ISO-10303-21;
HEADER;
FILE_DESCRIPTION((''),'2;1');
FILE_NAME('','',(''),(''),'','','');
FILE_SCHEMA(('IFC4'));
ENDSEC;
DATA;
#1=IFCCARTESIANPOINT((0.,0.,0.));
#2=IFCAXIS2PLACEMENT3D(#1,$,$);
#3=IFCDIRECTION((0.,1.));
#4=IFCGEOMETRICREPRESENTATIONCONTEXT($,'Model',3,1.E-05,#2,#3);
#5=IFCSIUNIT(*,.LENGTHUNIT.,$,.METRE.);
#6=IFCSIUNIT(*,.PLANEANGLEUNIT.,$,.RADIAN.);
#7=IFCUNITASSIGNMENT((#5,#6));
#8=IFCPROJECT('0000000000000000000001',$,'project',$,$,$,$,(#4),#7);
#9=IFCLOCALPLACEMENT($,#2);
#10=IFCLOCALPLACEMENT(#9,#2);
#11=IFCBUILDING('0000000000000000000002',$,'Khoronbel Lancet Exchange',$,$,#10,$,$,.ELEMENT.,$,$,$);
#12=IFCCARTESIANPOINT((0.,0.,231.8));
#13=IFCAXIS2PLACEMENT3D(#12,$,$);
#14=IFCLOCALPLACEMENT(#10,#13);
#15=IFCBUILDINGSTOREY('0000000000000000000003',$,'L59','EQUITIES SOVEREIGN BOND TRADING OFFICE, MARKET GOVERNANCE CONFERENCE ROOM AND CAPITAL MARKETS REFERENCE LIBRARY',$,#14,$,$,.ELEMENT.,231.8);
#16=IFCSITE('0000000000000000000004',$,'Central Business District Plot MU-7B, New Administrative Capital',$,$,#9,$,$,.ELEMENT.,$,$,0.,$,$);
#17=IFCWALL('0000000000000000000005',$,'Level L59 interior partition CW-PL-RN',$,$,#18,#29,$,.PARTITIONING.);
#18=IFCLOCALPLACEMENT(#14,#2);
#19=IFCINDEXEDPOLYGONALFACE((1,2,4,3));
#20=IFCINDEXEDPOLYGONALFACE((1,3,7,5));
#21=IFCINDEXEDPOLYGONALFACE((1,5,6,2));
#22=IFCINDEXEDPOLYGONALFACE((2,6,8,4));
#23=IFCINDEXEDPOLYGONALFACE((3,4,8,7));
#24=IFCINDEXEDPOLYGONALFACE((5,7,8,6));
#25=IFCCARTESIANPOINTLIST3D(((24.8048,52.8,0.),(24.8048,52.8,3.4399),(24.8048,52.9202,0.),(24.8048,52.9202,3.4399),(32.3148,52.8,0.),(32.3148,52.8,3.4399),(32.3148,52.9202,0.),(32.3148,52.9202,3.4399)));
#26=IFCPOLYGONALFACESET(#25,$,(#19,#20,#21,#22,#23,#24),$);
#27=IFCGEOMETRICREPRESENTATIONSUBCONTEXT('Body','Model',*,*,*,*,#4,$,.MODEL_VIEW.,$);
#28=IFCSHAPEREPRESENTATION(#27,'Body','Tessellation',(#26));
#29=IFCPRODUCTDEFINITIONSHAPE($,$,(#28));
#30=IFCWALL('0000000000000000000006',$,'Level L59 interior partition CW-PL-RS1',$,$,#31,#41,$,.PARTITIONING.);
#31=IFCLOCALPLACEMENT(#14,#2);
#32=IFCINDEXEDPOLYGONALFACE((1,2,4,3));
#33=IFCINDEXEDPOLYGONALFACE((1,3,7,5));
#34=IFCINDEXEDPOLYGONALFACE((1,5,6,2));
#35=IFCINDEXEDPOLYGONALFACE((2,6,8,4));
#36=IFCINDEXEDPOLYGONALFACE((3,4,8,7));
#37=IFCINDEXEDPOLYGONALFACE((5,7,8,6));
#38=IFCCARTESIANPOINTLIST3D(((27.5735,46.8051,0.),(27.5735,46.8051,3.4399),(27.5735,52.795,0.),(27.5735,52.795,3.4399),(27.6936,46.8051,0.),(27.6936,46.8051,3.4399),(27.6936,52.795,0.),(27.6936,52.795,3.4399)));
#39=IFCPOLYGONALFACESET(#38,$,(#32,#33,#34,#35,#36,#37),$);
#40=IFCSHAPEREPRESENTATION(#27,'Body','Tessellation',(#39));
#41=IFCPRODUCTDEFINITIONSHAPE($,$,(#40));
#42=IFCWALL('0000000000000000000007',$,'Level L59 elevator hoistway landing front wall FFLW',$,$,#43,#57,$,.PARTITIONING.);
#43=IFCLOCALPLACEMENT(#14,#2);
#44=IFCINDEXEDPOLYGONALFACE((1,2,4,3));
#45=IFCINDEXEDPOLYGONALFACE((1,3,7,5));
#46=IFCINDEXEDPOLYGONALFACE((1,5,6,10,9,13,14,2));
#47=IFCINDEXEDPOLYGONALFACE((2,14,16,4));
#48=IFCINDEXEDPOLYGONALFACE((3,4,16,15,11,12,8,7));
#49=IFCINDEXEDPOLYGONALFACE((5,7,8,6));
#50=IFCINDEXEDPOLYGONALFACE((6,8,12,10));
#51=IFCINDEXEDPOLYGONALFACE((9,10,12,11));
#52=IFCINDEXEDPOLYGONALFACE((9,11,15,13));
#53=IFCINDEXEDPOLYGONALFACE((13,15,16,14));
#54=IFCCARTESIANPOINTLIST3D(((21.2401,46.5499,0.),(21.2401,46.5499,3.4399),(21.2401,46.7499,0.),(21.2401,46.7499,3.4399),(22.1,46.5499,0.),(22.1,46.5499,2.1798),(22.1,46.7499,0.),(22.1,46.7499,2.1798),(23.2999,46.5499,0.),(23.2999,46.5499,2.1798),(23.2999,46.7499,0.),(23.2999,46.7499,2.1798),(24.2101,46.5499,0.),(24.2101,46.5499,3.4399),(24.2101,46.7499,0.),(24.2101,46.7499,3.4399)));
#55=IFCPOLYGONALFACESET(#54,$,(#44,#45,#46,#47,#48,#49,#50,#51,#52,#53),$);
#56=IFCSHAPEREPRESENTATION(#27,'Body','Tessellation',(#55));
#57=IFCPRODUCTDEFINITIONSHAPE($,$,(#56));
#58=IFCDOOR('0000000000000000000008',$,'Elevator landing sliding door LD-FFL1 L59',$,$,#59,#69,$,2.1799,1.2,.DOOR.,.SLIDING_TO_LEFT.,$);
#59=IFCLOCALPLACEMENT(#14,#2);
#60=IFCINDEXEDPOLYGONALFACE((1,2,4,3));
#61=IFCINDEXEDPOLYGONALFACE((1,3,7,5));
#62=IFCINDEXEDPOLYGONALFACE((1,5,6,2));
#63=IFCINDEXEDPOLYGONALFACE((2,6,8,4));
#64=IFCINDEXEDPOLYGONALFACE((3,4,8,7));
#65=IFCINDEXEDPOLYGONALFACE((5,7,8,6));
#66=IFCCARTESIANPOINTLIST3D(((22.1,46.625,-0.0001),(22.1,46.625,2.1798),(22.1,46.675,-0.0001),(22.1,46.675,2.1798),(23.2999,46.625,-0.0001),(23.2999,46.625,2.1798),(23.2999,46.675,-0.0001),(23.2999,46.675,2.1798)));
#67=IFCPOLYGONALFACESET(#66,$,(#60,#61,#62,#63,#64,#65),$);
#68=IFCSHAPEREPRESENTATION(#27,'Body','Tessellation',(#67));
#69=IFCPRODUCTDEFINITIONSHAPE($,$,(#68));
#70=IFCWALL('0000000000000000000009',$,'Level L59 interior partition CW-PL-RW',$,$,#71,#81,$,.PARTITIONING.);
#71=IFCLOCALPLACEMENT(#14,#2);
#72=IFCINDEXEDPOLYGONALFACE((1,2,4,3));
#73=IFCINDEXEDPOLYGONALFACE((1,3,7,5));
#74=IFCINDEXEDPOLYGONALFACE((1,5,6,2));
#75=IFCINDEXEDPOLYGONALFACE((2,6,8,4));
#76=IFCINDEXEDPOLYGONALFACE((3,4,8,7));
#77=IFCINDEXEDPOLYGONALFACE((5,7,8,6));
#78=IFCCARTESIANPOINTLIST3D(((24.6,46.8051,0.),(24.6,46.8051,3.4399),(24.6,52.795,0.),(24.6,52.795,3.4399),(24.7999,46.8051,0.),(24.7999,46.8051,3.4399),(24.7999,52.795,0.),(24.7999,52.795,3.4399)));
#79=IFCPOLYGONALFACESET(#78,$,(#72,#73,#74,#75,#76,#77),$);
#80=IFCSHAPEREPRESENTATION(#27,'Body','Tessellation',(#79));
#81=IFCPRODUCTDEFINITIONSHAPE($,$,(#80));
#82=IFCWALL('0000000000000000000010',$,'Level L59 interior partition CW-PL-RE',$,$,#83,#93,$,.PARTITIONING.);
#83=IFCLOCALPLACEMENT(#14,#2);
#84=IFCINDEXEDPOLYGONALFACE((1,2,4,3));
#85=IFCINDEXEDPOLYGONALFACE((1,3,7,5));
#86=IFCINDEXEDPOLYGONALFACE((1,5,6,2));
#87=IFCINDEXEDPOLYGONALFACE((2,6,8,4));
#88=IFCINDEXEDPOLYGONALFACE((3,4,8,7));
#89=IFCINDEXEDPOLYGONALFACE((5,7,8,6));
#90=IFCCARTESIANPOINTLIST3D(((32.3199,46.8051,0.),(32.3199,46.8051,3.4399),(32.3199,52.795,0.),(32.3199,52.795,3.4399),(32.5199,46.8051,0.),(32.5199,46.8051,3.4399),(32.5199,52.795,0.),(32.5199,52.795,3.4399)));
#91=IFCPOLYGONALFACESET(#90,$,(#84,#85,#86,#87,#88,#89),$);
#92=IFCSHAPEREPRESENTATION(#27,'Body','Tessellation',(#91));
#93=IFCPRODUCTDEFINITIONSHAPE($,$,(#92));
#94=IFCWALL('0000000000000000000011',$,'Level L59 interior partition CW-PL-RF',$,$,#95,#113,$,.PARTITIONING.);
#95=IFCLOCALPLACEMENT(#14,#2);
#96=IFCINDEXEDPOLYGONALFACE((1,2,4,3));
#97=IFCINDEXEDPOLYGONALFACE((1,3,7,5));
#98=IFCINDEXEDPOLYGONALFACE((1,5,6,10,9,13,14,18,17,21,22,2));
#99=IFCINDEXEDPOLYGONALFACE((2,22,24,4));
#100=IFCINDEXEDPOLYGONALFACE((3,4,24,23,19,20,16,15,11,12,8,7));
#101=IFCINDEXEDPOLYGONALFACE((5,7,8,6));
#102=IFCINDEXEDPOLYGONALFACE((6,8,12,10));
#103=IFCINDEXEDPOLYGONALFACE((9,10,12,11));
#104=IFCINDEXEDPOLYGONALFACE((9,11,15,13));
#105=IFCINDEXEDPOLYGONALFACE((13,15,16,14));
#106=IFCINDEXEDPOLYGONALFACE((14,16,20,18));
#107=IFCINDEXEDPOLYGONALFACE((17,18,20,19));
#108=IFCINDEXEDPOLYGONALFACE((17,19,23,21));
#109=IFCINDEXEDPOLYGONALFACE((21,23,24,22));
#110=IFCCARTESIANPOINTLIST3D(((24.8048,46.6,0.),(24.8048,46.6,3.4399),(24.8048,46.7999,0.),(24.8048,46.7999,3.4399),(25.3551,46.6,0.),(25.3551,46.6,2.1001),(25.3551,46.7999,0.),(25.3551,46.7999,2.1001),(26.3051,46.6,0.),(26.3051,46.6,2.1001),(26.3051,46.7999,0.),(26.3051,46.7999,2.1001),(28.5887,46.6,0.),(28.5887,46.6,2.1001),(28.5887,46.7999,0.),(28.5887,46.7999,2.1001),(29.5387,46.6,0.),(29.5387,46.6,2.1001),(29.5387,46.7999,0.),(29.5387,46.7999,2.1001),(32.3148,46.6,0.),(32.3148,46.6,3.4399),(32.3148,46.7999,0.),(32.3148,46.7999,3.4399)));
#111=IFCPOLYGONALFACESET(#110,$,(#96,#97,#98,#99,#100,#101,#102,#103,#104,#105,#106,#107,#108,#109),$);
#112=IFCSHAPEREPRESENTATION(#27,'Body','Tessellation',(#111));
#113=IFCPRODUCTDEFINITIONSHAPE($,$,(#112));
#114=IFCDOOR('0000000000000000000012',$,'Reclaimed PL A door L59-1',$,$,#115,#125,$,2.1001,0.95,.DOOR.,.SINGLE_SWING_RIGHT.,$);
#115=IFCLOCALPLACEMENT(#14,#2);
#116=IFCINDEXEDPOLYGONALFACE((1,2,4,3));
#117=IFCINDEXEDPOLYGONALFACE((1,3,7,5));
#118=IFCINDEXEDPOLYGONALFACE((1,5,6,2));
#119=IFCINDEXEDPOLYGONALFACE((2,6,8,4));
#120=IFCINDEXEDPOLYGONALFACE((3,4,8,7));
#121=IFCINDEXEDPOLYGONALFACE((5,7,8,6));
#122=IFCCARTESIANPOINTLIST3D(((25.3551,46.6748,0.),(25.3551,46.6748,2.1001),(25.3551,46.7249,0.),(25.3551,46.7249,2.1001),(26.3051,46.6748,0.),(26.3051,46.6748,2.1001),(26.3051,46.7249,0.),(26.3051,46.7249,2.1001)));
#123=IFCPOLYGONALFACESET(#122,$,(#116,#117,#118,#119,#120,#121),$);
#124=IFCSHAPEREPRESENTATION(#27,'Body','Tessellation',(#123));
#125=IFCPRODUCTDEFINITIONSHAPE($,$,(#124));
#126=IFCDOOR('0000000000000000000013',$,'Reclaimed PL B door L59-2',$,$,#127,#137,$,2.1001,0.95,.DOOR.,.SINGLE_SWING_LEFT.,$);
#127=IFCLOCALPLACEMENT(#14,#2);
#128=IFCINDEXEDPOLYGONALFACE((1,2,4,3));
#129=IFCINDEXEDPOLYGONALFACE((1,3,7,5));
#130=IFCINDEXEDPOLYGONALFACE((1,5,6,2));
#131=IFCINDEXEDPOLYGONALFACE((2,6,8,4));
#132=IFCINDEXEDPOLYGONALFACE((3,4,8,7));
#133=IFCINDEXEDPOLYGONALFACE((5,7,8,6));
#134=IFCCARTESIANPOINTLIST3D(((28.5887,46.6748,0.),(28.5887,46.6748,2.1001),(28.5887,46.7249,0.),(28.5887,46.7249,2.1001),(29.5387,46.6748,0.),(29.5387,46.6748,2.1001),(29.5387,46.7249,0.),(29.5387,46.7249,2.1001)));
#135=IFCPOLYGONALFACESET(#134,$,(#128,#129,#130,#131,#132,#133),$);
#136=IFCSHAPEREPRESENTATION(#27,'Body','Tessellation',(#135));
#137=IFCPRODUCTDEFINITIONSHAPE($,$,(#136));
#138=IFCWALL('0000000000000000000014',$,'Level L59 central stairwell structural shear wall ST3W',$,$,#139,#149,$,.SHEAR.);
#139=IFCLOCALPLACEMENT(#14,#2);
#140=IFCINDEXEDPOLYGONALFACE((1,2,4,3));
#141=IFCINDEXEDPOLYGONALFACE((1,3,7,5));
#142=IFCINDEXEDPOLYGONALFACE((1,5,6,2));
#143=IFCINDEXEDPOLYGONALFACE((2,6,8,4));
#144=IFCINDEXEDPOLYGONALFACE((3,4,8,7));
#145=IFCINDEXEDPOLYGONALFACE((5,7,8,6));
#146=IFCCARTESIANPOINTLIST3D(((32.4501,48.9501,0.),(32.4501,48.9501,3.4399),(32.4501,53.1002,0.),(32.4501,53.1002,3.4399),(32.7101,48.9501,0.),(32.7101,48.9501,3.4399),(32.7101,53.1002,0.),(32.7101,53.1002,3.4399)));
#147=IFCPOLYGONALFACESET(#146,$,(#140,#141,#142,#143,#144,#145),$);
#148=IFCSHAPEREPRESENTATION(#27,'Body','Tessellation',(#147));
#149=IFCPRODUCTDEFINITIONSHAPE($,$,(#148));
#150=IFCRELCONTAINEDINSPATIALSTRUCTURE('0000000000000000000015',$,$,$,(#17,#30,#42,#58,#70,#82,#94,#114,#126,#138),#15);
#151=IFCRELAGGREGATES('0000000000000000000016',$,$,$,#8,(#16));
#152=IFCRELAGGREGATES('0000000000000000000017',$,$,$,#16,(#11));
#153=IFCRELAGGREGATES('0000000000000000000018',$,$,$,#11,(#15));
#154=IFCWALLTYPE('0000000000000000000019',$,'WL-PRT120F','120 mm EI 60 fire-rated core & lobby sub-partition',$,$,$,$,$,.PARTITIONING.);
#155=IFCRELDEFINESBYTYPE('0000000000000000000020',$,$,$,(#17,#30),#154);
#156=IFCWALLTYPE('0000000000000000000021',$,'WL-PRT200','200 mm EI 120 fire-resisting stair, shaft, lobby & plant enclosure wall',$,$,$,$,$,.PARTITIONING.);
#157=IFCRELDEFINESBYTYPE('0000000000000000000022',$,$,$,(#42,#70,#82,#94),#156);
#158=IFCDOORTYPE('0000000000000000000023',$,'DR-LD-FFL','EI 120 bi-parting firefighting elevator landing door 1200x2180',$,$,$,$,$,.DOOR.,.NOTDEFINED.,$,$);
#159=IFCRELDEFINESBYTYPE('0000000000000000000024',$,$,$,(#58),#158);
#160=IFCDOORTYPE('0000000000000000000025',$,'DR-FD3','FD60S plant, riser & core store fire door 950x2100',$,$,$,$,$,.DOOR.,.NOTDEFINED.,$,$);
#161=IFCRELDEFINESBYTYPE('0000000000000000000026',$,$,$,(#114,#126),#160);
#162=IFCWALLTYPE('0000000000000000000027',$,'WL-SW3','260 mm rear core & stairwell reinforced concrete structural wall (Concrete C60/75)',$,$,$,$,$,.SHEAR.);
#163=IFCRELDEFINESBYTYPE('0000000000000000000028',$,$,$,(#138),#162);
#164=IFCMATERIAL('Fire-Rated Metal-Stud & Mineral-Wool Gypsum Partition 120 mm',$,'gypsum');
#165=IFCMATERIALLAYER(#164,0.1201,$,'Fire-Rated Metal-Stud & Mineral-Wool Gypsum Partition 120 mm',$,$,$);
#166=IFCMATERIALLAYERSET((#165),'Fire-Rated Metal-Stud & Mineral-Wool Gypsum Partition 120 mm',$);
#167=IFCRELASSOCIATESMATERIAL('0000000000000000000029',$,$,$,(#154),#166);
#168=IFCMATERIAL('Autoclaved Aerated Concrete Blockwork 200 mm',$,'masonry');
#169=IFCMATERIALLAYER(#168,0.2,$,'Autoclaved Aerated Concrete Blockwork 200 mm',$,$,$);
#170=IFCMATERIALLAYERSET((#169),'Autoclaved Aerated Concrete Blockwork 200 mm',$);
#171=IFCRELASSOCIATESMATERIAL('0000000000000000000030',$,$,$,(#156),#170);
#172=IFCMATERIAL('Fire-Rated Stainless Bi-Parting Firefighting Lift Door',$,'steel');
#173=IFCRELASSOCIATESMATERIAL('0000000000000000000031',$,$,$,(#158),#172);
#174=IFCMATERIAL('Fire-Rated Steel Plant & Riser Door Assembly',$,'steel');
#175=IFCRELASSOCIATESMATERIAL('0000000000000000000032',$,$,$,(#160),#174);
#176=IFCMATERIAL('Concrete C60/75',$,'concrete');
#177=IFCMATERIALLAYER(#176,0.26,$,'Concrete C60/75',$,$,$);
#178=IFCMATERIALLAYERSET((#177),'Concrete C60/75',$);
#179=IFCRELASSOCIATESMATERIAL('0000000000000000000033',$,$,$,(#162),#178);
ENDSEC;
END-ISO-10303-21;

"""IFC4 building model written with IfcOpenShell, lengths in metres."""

from ifc_helpers import new_model, si_unit, direction, frame, frame_2d, origin, place, context, subcontext, project, spatial, rectangle, extrude, material, layer, layer_set, type_object, element, fill, save


model = new_model("IFC4")

# Units and contexts
model_context = context("Model", 3, precision=1e-05, world=origin(), true_north=direction((0.0, 1.0)))
body_context = subcontext(model_context, "Body", "Model", "MODEL_VIEW")
ifc_project = project(units=[si_unit("LENGTHUNIT", "METRE"), si_unit("PLANEANGLEUNIT", "RADIAN")], contexts=[model_context])

# Site, building, storey
site_placement = place(None, origin())
site = spatial("IfcSite", under=ifc_project, at=site_placement, Name="Central Business District Plot MU-7B, New Administrative Capital", CompositionType="ELEMENT", RefElevation=0.0)
building_placement = place(site_placement, origin())
building = spatial("IfcBuilding", under=site, at=building_placement, Name="Khoronbel Lancet Exchange", CompositionType="ELEMENT")
storey_placement = place(building_placement, frame((0.0, 0.0, 231.8)))
storey = spatial("IfcBuildingStorey", under=building, at=storey_placement, Name="L59", Description="EQUITIES SOVEREIGN BOND TRADING OFFICE, MARKET GOVERNANCE CONFERENCE ROOM AND CAPITAL MARKETS REFERENCE LIBRARY", CompositionType="ELEMENT", Elevation=231.8)

# Walls
ifc_material_1 = material(Name="Fire-Rated Metal-Stud & Mineral-Wool Gypsum Partition 120 mm", Category="gypsum")
ifc_layer_1 = layer(ifc_material_1, 0.1201, Name="Fire-Rated Metal-Stud & Mineral-Wool Gypsum Partition 120 mm")
ifc_layer_set_1 = layer_set([ifc_layer_1], Name="Fire-Rated Metal-Stud & Mineral-Wool Gypsum Partition 120 mm")
wall_type_1 = type_object("IfcWallType", Name="WL-PRT120F", Description="120 mm EI 60 fire-rated core & lobby sub-partition", PredefinedType="PARTITIONING", material=ifc_layer_set_1)
wall_1_placement = place(storey_placement, frame((24.8049, 52.8601, 0.0), z_axis=(0.0, 0.0, 1.0), x_axis=(1.0, 0.0, 0.0)))
element("IfcWall", 1, at=wall_1_placement, inside=storey, type_object=wall_type_1, Name="Level L59 interior partition CW-PL-RN", PredefinedType="PARTITIONING", context=body_context, shape_type="SweptSolid", body=[
    extrude(rectangle(XDim=7.51, YDim=0.1201, at=frame_2d((3.7549, 0.0))), origin(), (0.0, 0.0, 1.0), 3.4399),
])
wall_2_placement = place(storey_placement, frame((27.6335, 46.8049, 0.0), z_axis=(0.0, 0.0, 1.0), x_axis=(0.0, 1.0, 0.0)))
element("IfcWall", 2, at=wall_2_placement, inside=storey, type_object=wall_type_1, Name="Level L59 interior partition CW-PL-RS1", PredefinedType="PARTITIONING", context=body_context, shape_type="SweptSolid", body=[
    extrude(rectangle(XDim=5.99, YDim=0.1201, at=frame_2d((2.9951, 0.0))), origin(), (0.0, 0.0, 1.0), 3.4399),
])

# Wall, opening, door
ifc_material_2 = material(Name="Autoclaved Aerated Concrete Blockwork 200 mm", Category="masonry")
ifc_layer_2 = layer(ifc_material_2, 0.2, Name="Autoclaved Aerated Concrete Blockwork 200 mm")
ifc_layer_set_2 = layer_set([ifc_layer_2], Name="Autoclaved Aerated Concrete Blockwork 200 mm")
wall_type_2 = type_object("IfcWallType", Name="WL-PRT200", Description="200 mm EI 120 fire-resisting stair, shaft, lobby & plant enclosure wall", PredefinedType="PARTITIONING", material=ifc_layer_set_2)
wall_3_placement = place(storey_placement, frame((24.21, 46.6499, 0.0), z_axis=(0.0, 0.0, 1.0), x_axis=(-1.0, 0.0, 0.0)))
wall_3 = element("IfcWall", 3, at=wall_3_placement, inside=storey, type_object=wall_type_2, Name="Level L59 elevator hoistway landing front wall FFLW", PredefinedType="PARTITIONING", context=body_context, shape_type="SweptSolid", body=[
    extrude(rectangle(XDim=2.97, YDim=0.2, at=frame_2d((1.4849, 0.0))), origin(), (0.0, 0.0, 1.0), 3.4399),
])
opening_1_placement = place(wall_3_placement, frame((0.9099, 0.0, 0.0)))
opening_1 = element("IfcOpeningElement", 4, at=opening_1_placement, cuts=wall_3, PredefinedType="OPENING", context=body_context, shape_type="SweptSolid", body=[
    extrude(rectangle(XDim=1.2, YDim=2.1799, at=frame_2d((0.6001, 1.0898))), frame((0.0, 0.1099, 0.0), z_axis=(0.0, -1.0, 0.0), x_axis=(1.0, 0.0, 0.0)), (0.0, 0.0, 1.0), 0.22),
])
ifc_material_3 = material(Name="Fire-Rated Stainless Bi-Parting Firefighting Lift Door", Category="steel")
door_type_1 = type_object("IfcDoorType", Name="DR-LD-FFL", Description="EI 120 bi-parting firefighting elevator landing door 1200x2180", OperationType="NOTDEFINED", PredefinedType="DOOR", material=ifc_material_3)
door_1_placement = place(opening_1_placement, origin())
door_1 = element("IfcDoor", 5, at=door_1_placement, inside=storey, type_object=door_type_1, Name="Elevator landing sliding door LD-FFL1 L59", OperationType="SLIDING_TO_LEFT", OverallHeight=2.1799, OverallWidth=1.2, PredefinedType="DOOR", context=body_context, shape_type="SweptSolid", body=[
    extrude(rectangle(XDim=1.2, YDim=2.1799, at=frame_2d((0.6001, 1.0898))), frame((0.0, 0.0249, 0.0), z_axis=(0.0, -1.0, 0.0), x_axis=(1.0, 0.0, 0.0)), (0.0, 0.0, 1.0), 0.05),
])
fill(opening_1, door_1)

# Walls
for number, where, z_axis, x_axis, name in (
    (6, (24.7, 46.8049, 0.0), (0.0, 0.0, 1.0), (0.0, 1.0, 0.0), "Level L59 interior partition CW-PL-RW"),
    (7, (32.4199, 46.8049, 0.0), (0.0, 0.0, 1.0), (0.0, 1.0, 0.0), "Level L59 interior partition CW-PL-RE"),
):
    element("IfcWall", number, at=place(storey_placement, frame(where, z_axis=z_axis, x_axis=x_axis)), inside=storey, type_object=wall_type_2, Name=name, PredefinedType="PARTITIONING", context=body_context, shape_type="SweptSolid", body=[
        extrude(rectangle(XDim=5.99, YDim=0.2, at=frame_2d((2.9951, 0.0))), origin(), (0.0, 0.0, 1.0), 3.4399),
    ])

# Wall, openings, doors
wall_4_placement = place(storey_placement, frame((24.8049, 46.7, 0.0), z_axis=(0.0, 0.0, 1.0), x_axis=(1.0, 0.0, 0.0)))
wall_4 = element("IfcWall", 8, at=wall_4_placement, inside=storey, type_object=wall_type_2, Name="Level L59 interior partition CW-PL-RF", PredefinedType="PARTITIONING", context=body_context, shape_type="SweptSolid", body=[
    extrude(rectangle(XDim=7.51, YDim=0.2, at=frame_2d((3.7549, 0.0))), origin(), (0.0, 0.0, 1.0), 3.4399),
])
opening_2_placement = place(wall_4_placement, frame((0.55, 0.0, 0.0)))
opening_2 = element("IfcOpeningElement", 9, at=opening_2_placement, cuts=wall_4, PredefinedType="OPENING", context=body_context, shape_type="SweptSolid", body=[
    extrude(rectangle(XDim=0.95, YDim=2.1001, at=frame_2d((0.4751, 1.05))), frame((0.0, 0.1099, 0.0), z_axis=(0.0, -1.0, 0.0), x_axis=(1.0, 0.0, 0.0)), (0.0, 0.0, 1.0), 0.22),
])
opening_3_placement = place(wall_4_placement, frame((3.7837, 0.0, 0.0)))
opening_3 = element("IfcOpeningElement", 10, at=opening_3_placement, cuts=wall_4, PredefinedType="OPENING", context=body_context, shape_type="SweptSolid", body=[
    extrude(rectangle(XDim=0.95, YDim=2.1001, at=frame_2d((0.4751, 1.05))), frame((0.0, 0.1099, 0.0), z_axis=(0.0, -1.0, 0.0), x_axis=(1.0, 0.0, 0.0)), (0.0, 0.0, 1.0), 0.22),
])
ifc_material_4 = material(Name="Fire-Rated Steel Plant & Riser Door Assembly", Category="steel")
door_type_2 = type_object("IfcDoorType", Name="DR-FD3", Description="FD60S plant, riser & core store fire door 950x2100", OperationType="NOTDEFINED", PredefinedType="DOOR", material=ifc_material_4)
door_2_placement = place(opening_2_placement, origin())
door_2 = element("IfcDoor", 11, at=door_2_placement, inside=storey, type_object=door_type_2, Name="Reclaimed PL A door L59-1", OperationType="SINGLE_SWING_RIGHT", OverallHeight=2.1001, OverallWidth=0.95, PredefinedType="DOOR", context=body_context, shape_type="SweptSolid", body=[
    extrude(rectangle(XDim=0.95, YDim=2.1001, at=frame_2d((0.4751, 1.05))), frame((0.0, 0.0249, 0.0), z_axis=(0.0, -1.0, 0.0), x_axis=(1.0, 0.0, 0.0)), (0.0, 0.0, 1.0), 0.05),
])
fill(opening_2, door_2)
door_3_placement = place(opening_3_placement, origin())
door_3 = element("IfcDoor", 12, at=door_3_placement, inside=storey, type_object=door_type_2, Name="Reclaimed PL B door L59-2", OperationType="SINGLE_SWING_LEFT", OverallHeight=2.1001, OverallWidth=0.95, PredefinedType="DOOR", context=body_context, shape_type="SweptSolid", body=[
    extrude(rectangle(XDim=0.95, YDim=2.1001, at=frame_2d((0.4751, 1.05))), frame((0.0, 0.0249, 0.0), z_axis=(0.0, -1.0, 0.0), x_axis=(1.0, 0.0, 0.0)), (0.0, 0.0, 1.0), 0.05),
])
fill(opening_3, door_3)

# Wall
ifc_material_5 = material(Name="Concrete C60/75", Category="concrete")
ifc_layer_3 = layer(ifc_material_5, 0.26, Name="Concrete C60/75")
ifc_layer_set_3 = layer_set([ifc_layer_3], Name="Concrete C60/75")
wall_type_3 = type_object("IfcWallType", Name="WL-SW3", Description="260 mm rear core & stairwell reinforced concrete structural wall (Concrete C60/75)", PredefinedType="SHEAR", material=ifc_layer_set_3)
wall_5_placement = place(storey_placement, frame((32.5801, 48.95, 0.0), z_axis=(0.0, 0.0, 1.0), x_axis=(0.0, 1.0, 0.0)))
element("IfcWall", 13, at=wall_5_placement, inside=storey, type_object=wall_type_3, Name="Level L59 central stairwell structural shear wall ST3W", PredefinedType="SHEAR", context=body_context, shape_type="SweptSolid", body=[
    extrude(rectangle(XDim=4.1501, YDim=0.26, at=frame_2d((2.0752, 0.0))), origin(), (0.0, 0.0, 1.0), 3.4399),
])

save(model, "model.ifc")
